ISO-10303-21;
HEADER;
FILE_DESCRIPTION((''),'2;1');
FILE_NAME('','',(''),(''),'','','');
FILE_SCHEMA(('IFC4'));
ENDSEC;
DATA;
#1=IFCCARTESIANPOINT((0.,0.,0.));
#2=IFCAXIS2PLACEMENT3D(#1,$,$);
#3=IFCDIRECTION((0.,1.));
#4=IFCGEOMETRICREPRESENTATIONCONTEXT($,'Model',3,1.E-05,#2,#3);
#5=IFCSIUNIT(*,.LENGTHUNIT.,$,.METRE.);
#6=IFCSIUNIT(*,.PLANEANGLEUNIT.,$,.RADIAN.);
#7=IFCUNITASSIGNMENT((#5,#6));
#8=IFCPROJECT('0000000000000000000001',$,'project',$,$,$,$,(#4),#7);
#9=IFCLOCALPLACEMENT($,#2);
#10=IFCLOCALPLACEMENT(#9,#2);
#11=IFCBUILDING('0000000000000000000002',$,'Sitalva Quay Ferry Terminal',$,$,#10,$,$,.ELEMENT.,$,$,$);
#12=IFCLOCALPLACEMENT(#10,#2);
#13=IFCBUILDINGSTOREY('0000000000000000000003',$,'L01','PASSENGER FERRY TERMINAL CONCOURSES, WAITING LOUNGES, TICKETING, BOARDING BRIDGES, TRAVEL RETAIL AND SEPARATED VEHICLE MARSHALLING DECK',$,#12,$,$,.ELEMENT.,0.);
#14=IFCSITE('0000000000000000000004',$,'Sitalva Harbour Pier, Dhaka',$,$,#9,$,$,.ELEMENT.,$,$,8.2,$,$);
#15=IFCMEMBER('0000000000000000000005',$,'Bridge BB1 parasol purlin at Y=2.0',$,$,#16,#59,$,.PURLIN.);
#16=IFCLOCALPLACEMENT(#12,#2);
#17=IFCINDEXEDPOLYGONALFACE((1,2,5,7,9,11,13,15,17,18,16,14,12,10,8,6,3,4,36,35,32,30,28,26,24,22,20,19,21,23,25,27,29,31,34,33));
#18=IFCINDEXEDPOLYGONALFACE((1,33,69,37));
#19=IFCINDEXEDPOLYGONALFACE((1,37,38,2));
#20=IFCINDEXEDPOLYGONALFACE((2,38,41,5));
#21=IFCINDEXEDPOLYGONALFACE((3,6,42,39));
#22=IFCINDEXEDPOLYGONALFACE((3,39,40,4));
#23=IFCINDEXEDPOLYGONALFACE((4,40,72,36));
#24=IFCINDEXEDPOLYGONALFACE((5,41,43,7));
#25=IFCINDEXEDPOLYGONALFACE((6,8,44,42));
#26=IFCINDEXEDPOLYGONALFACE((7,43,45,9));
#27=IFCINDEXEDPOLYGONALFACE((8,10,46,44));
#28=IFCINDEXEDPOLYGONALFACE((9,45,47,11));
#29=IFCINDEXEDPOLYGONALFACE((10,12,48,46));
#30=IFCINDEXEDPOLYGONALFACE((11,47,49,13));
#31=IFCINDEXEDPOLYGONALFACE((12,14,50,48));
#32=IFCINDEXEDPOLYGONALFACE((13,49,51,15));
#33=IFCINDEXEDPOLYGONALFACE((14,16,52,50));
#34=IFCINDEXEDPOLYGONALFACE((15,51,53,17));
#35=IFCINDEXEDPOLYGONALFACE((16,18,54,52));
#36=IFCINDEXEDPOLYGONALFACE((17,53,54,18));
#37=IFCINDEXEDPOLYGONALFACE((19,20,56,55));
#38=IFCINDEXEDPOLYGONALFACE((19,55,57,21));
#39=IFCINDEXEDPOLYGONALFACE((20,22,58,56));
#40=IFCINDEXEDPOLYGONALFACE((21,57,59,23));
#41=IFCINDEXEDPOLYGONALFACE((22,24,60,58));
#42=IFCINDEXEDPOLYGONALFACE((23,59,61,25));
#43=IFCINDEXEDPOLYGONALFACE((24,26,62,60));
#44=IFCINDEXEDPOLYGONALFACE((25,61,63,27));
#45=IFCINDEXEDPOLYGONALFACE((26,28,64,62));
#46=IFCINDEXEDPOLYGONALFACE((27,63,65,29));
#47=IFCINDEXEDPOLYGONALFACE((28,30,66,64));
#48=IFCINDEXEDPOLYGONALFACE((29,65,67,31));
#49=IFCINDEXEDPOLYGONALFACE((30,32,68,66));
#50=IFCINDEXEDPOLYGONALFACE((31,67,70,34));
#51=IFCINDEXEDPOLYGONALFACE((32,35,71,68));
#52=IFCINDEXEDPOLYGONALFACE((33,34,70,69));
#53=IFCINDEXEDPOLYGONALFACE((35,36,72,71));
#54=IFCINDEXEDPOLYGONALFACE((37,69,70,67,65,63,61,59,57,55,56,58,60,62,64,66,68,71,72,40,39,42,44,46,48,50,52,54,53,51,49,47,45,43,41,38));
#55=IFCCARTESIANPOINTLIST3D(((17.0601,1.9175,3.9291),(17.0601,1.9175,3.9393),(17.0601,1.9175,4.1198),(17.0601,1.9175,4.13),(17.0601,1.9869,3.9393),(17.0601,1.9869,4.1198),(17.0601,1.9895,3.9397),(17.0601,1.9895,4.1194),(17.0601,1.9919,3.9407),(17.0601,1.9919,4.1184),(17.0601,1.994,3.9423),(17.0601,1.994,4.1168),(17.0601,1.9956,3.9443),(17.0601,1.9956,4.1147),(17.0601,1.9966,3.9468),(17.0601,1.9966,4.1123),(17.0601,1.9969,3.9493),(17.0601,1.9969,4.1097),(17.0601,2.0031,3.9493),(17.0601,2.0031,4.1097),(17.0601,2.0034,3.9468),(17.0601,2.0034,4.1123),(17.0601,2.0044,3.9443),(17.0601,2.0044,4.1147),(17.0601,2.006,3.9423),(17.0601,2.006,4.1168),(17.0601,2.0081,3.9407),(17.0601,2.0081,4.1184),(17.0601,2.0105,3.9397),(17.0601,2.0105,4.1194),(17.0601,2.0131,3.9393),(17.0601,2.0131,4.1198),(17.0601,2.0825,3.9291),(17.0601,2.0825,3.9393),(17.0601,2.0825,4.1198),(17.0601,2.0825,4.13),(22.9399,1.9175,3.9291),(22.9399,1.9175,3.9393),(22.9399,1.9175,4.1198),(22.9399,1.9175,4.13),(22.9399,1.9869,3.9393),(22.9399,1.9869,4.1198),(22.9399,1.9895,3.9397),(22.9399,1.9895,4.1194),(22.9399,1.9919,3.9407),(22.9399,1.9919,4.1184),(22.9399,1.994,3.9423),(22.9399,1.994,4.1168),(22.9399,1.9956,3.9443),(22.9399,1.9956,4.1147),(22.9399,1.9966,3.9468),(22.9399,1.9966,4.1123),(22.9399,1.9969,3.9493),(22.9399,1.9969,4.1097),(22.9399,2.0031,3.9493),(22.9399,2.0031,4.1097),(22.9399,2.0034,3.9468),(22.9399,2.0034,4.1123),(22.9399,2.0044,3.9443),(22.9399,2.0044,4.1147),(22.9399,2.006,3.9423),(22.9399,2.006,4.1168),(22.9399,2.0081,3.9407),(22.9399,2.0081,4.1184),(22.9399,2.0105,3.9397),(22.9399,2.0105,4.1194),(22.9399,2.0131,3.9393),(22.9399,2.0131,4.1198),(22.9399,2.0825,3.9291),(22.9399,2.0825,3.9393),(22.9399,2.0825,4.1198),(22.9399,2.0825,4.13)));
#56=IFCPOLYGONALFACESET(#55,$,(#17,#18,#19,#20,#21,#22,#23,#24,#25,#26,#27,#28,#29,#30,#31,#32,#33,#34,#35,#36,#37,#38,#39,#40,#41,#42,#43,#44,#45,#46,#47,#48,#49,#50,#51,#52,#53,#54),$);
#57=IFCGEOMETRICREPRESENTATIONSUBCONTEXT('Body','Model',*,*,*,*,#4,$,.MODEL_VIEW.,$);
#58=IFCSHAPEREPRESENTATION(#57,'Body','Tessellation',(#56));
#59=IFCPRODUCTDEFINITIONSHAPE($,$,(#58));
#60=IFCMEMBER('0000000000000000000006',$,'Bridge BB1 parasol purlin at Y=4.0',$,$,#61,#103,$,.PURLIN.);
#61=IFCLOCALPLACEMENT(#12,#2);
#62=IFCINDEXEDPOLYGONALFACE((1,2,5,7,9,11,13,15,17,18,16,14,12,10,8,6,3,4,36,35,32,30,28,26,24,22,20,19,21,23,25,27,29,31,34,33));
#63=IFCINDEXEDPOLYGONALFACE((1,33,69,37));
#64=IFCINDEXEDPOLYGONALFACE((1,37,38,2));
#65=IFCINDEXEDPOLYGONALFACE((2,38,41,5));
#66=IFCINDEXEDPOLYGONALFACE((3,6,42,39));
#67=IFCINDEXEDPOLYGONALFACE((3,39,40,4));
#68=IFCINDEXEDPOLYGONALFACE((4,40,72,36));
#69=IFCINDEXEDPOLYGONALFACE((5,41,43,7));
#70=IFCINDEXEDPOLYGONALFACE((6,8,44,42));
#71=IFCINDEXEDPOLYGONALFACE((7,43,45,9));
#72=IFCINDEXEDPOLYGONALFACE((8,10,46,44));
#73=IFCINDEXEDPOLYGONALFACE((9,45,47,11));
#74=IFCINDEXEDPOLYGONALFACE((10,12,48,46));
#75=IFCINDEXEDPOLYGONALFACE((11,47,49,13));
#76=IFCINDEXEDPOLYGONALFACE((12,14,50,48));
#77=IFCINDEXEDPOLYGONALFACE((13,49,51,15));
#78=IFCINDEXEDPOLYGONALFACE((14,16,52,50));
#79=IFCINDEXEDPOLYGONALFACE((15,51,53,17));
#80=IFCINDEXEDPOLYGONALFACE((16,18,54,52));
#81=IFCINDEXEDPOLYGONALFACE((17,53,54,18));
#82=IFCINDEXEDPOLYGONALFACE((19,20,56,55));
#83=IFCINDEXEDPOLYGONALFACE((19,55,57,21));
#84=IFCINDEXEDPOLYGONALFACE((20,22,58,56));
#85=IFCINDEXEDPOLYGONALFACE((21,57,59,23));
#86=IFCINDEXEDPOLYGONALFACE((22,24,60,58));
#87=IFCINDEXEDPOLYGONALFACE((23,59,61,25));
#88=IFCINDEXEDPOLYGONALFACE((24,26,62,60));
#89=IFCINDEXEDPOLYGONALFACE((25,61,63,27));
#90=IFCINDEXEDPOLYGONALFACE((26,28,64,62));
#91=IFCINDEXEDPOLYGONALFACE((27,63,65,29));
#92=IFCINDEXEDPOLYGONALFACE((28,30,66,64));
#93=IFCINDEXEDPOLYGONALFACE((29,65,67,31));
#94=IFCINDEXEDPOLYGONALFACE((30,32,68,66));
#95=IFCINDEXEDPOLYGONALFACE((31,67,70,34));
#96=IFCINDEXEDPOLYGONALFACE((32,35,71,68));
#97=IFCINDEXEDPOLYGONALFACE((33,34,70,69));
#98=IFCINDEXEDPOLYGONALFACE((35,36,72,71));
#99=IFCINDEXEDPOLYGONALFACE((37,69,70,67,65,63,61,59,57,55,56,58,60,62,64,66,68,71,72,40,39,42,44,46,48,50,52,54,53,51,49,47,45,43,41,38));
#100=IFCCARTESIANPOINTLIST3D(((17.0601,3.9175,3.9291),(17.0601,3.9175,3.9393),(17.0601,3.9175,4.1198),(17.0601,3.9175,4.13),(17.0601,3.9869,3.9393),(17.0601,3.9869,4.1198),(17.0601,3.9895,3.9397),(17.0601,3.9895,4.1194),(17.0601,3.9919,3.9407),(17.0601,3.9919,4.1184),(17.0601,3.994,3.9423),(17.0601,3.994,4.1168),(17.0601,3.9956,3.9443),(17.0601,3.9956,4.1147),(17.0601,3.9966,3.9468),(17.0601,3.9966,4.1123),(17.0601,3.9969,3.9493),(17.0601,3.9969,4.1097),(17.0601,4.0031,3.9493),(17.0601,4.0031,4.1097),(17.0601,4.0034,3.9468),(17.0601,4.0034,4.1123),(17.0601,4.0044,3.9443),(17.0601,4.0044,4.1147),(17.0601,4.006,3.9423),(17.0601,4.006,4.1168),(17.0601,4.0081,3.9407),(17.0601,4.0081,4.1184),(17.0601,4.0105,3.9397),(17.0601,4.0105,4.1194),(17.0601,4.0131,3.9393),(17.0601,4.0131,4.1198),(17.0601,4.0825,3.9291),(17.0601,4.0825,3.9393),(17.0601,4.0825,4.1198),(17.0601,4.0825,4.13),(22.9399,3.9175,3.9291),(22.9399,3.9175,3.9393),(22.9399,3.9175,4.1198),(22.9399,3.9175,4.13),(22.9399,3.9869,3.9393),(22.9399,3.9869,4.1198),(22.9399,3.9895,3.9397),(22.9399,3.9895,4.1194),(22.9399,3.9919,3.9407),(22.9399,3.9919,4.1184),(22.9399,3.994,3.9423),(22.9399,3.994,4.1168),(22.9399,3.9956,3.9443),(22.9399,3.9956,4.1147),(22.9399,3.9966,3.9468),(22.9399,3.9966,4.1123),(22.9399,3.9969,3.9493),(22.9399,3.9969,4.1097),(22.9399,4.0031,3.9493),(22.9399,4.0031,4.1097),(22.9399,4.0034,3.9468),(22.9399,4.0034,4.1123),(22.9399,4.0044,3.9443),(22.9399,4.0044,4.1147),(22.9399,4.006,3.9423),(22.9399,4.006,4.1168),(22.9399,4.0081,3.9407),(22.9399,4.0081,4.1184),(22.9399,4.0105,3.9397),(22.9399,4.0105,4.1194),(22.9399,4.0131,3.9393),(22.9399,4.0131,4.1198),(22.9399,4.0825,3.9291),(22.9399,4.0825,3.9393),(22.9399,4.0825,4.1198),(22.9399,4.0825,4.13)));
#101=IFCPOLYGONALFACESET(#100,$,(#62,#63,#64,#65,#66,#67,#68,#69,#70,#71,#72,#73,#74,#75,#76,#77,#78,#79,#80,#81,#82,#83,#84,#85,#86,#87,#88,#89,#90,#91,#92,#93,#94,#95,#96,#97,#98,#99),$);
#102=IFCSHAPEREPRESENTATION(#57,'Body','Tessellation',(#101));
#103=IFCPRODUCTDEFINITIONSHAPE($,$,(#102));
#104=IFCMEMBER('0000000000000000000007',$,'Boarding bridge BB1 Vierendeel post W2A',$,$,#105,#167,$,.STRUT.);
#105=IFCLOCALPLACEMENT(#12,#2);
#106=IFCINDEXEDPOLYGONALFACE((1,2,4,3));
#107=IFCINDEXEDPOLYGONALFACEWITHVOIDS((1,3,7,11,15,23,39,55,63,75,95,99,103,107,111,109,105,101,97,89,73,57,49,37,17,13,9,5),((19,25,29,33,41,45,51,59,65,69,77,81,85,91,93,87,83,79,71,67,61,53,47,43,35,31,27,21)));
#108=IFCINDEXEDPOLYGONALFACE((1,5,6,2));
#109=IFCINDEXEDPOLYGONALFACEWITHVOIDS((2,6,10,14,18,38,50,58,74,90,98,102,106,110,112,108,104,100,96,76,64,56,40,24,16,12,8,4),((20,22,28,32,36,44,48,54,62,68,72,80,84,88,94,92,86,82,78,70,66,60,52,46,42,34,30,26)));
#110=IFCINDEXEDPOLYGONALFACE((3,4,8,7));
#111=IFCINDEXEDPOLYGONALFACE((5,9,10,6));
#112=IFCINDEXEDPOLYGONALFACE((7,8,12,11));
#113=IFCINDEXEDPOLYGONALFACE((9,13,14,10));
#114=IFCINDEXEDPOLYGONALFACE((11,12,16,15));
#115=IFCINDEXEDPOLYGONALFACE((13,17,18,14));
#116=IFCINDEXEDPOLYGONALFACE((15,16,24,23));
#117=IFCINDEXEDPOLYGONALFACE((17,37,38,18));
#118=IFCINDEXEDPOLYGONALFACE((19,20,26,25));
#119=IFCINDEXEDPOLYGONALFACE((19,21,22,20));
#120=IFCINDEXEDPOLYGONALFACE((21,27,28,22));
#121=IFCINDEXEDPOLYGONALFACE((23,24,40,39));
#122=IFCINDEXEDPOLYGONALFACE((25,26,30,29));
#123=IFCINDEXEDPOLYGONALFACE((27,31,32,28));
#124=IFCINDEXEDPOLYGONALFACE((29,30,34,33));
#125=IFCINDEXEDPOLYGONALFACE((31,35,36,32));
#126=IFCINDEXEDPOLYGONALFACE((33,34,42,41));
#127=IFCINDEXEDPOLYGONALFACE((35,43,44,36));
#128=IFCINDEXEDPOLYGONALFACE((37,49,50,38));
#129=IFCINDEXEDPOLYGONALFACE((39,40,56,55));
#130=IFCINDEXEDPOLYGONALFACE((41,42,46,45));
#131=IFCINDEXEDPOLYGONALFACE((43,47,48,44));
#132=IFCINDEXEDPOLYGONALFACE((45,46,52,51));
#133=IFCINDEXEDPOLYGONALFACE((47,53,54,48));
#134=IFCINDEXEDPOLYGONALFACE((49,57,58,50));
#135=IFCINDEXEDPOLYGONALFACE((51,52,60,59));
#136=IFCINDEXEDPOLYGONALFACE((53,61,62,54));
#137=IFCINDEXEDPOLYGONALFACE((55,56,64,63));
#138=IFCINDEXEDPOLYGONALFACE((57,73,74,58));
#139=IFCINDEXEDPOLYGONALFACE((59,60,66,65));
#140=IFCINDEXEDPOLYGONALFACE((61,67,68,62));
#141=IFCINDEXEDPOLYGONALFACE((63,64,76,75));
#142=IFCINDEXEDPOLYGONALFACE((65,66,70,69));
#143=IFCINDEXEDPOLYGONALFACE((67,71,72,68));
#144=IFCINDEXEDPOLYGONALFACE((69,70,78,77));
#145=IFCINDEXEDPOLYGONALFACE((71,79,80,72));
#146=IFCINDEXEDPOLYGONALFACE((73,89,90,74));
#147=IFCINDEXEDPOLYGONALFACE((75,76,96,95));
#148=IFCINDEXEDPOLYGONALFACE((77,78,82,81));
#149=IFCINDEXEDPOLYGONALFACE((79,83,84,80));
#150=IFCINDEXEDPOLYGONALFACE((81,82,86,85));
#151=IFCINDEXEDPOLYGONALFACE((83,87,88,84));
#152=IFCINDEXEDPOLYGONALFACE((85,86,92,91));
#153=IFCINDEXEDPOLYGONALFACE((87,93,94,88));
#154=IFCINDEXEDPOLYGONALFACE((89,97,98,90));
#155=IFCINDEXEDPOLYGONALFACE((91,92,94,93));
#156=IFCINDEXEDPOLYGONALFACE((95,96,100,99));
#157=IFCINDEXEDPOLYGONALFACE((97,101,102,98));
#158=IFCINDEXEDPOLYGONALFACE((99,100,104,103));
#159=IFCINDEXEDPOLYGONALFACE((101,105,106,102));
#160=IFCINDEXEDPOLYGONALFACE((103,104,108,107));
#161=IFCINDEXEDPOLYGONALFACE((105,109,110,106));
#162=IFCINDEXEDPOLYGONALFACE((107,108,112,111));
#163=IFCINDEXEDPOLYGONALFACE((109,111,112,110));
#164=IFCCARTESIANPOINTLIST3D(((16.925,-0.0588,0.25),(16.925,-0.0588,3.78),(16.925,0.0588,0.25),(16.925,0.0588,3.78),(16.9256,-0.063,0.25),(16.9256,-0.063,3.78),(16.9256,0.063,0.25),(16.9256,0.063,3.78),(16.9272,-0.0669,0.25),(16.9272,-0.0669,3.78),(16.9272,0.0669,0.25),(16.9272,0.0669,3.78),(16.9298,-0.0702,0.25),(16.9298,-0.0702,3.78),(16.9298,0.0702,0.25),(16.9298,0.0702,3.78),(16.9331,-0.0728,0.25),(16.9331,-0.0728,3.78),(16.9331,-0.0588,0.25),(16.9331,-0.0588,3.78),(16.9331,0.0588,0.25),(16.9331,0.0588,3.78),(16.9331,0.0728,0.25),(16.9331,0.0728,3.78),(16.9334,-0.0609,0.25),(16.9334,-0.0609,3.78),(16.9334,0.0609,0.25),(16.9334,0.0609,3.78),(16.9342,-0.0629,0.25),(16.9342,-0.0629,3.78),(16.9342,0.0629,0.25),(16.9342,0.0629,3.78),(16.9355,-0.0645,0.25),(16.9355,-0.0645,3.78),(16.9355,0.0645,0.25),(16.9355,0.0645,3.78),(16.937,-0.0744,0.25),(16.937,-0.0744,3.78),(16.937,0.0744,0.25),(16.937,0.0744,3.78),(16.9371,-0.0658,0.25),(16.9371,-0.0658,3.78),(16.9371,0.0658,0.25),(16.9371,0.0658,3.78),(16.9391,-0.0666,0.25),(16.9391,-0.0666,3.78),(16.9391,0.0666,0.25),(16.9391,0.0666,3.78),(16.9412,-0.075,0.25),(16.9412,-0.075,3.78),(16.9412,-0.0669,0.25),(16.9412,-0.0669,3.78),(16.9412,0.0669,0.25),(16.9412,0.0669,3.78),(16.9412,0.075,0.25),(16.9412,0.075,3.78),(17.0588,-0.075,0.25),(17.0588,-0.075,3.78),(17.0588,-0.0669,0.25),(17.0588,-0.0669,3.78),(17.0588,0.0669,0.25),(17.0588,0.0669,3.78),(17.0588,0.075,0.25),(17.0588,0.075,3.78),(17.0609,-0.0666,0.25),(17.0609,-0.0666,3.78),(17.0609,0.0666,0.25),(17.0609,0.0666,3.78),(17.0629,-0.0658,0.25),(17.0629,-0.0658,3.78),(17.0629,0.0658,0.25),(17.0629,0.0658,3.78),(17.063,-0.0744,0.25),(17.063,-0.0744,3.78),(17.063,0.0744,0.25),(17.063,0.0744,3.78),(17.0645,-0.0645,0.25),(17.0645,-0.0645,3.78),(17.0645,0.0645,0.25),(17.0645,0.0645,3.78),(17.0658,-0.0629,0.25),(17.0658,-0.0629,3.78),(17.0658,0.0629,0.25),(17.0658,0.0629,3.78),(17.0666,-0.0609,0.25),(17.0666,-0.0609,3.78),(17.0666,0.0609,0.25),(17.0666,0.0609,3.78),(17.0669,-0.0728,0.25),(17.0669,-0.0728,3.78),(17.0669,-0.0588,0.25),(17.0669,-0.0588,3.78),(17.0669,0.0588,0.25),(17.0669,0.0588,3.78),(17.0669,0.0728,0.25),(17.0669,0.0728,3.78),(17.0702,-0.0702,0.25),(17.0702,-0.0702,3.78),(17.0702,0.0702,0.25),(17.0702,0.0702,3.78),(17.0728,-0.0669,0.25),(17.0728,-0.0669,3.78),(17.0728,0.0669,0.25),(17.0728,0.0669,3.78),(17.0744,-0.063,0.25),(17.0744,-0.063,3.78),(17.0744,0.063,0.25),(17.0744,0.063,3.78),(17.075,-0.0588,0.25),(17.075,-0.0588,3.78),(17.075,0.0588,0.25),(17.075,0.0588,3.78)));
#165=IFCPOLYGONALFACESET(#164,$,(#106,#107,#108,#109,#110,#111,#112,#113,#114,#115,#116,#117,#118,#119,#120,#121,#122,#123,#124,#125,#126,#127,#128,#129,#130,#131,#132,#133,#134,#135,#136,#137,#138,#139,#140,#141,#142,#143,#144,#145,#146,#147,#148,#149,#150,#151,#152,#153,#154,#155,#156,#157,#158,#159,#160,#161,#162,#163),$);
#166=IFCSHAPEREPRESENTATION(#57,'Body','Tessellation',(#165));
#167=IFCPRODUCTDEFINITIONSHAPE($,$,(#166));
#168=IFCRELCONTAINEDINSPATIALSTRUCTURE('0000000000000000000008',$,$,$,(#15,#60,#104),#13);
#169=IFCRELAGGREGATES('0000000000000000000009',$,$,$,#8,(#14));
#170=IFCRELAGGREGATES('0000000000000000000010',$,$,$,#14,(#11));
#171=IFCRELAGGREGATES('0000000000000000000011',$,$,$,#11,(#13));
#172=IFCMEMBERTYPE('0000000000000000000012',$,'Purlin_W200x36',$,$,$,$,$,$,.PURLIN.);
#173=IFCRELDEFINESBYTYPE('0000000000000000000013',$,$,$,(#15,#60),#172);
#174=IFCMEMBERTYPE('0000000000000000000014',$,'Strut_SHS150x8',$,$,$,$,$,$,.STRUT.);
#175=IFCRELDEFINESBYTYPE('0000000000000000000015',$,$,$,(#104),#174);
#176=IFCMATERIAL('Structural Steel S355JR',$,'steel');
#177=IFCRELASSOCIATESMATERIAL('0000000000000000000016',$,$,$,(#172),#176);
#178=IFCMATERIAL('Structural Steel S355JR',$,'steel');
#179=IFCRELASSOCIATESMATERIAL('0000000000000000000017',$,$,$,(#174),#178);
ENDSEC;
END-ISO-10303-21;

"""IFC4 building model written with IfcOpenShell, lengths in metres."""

from ifc_helpers import new_model, si_unit, direction, frame, origin, origin_2d, place, context, subcontext, project, spatial, hollow_rectangle, i_section, extrude, material, material_profile, profile_set, type_object, element, save


model = new_model("IFC4")

# Units and contexts
model_context = context("Model", 3, precision=1e-05, world=origin(), true_north=direction((0.0, 1.0)))
body_context = subcontext(model_context, "Body", "Model", "MODEL_VIEW")
ifc_project = project(units=[si_unit("LENGTHUNIT", "METRE"), si_unit("PLANEANGLEUNIT", "RADIAN")], contexts=[model_context])

# Site, building, storey
site_placement = place(None, origin())
site = spatial("IfcSite", under=ifc_project, at=site_placement, Name="Sitalva Harbour Pier, Dhaka", CompositionType="ELEMENT", RefElevation=8.2)
building_placement = place(site_placement, origin())
building = spatial("IfcBuilding", under=site, at=building_placement, Name="Sitalva Quay Ferry Terminal", CompositionType="ELEMENT")
storey_placement = place(building_placement, origin())
storey = spatial("IfcBuildingStorey", under=building, at=storey_placement, Name="L01", Description="PASSENGER FERRY TERMINAL CONCOURSES, WAITING LOUNGES, TICKETING, BOARDING BRIDGES, TRAVEL RETAIL AND SEPARATED VEHICLE MARSHALLING DECK", CompositionType="ELEMENT", Elevation=0.0)

# Members
ifc_material_1 = material(Name="Structural Steel S355JR", Category="steel")
ifc_material_profile_1 = material_profile(ifc_material_1, i_section(OverallWidth=0.165, OverallDepth=0.2009, WebThickness=0.0061, FlangeThickness=0.0103, FilletRadius=0.01, at=origin_2d()), Name="W200x36")
ifc_profile_set_1 = profile_set([ifc_material_profile_1], Name="Structural Steel S355JR")
member_type_1 = type_object("IfcMemberType", Name="Purlin_W200x36", PredefinedType="PURLIN", material=ifc_profile_set_1)
for number, where, z_axis, x_axis, name in (
    (1, (17.0601, 2.0, 4.0295), (1.0, 0.0, 0.0), (0.0, 1.0, 0.0), "Bridge BB1 parasol purlin at Y=2.0"),
    (2, (17.0601, 4.0, 4.0295), (1.0, 0.0, 0.0), (0.0, 1.0, 0.0), "Bridge BB1 parasol purlin at Y=4.0"),
):
    element("IfcMember", number, at=place(storey_placement, frame(where, z_axis=z_axis, x_axis=x_axis)), inside=storey, type_object=member_type_1, Name=name, PredefinedType="PURLIN", context=body_context, shape_type="SweptSolid", body=[
        extrude(i_section(OverallWidth=0.165, OverallDepth=0.2009, WebThickness=0.0061, FlangeThickness=0.0103, FilletRadius=0.01, at=origin_2d()), origin(), (0.0, 0.0, 1.0), 5.8799),
    ])
ifc_material_2 = material(Name="Structural Steel S355JR", Category="steel")
ifc_material_profile_2 = material_profile(ifc_material_2, hollow_rectangle(XDim=0.1499, YDim=0.1499, WallThickness=0.0081, InnerFilletRadius=0.0081, OuterFilletRadius=0.0161, at=origin_2d()), Name="SHS150x150x8")
ifc_profile_set_2 = profile_set([ifc_material_profile_2], Name="Structural Steel S355JR")
member_type_2 = type_object("IfcMemberType", Name="Strut_SHS150x8", PredefinedType="STRUT", material=ifc_profile_set_2)
for number, where, z_axis, x_axis, name in (
    (3, (17.0, 0.0, 0.25), (0.0, 0.0, 1.0), (1.0, 0.0, 0.0), "Boarding bridge BB1 Vierendeel post W2A"),
):
    element("IfcMember", number, at=place(storey_placement, frame(where, z_axis=z_axis, x_axis=x_axis)), inside=storey, type_object=member_type_2, Name=name, PredefinedType="STRUT", context=body_context, shape_type="SweptSolid", body=[
        extrude(hollow_rectangle(XDim=0.1499, YDim=0.1499, WallThickness=0.0081, InnerFilletRadius=0.0081, OuterFilletRadius=0.0161, at=origin_2d()), origin(), (0.0, 0.0, 1.0), 3.53),
    ])

save(model, "model.ifc")
